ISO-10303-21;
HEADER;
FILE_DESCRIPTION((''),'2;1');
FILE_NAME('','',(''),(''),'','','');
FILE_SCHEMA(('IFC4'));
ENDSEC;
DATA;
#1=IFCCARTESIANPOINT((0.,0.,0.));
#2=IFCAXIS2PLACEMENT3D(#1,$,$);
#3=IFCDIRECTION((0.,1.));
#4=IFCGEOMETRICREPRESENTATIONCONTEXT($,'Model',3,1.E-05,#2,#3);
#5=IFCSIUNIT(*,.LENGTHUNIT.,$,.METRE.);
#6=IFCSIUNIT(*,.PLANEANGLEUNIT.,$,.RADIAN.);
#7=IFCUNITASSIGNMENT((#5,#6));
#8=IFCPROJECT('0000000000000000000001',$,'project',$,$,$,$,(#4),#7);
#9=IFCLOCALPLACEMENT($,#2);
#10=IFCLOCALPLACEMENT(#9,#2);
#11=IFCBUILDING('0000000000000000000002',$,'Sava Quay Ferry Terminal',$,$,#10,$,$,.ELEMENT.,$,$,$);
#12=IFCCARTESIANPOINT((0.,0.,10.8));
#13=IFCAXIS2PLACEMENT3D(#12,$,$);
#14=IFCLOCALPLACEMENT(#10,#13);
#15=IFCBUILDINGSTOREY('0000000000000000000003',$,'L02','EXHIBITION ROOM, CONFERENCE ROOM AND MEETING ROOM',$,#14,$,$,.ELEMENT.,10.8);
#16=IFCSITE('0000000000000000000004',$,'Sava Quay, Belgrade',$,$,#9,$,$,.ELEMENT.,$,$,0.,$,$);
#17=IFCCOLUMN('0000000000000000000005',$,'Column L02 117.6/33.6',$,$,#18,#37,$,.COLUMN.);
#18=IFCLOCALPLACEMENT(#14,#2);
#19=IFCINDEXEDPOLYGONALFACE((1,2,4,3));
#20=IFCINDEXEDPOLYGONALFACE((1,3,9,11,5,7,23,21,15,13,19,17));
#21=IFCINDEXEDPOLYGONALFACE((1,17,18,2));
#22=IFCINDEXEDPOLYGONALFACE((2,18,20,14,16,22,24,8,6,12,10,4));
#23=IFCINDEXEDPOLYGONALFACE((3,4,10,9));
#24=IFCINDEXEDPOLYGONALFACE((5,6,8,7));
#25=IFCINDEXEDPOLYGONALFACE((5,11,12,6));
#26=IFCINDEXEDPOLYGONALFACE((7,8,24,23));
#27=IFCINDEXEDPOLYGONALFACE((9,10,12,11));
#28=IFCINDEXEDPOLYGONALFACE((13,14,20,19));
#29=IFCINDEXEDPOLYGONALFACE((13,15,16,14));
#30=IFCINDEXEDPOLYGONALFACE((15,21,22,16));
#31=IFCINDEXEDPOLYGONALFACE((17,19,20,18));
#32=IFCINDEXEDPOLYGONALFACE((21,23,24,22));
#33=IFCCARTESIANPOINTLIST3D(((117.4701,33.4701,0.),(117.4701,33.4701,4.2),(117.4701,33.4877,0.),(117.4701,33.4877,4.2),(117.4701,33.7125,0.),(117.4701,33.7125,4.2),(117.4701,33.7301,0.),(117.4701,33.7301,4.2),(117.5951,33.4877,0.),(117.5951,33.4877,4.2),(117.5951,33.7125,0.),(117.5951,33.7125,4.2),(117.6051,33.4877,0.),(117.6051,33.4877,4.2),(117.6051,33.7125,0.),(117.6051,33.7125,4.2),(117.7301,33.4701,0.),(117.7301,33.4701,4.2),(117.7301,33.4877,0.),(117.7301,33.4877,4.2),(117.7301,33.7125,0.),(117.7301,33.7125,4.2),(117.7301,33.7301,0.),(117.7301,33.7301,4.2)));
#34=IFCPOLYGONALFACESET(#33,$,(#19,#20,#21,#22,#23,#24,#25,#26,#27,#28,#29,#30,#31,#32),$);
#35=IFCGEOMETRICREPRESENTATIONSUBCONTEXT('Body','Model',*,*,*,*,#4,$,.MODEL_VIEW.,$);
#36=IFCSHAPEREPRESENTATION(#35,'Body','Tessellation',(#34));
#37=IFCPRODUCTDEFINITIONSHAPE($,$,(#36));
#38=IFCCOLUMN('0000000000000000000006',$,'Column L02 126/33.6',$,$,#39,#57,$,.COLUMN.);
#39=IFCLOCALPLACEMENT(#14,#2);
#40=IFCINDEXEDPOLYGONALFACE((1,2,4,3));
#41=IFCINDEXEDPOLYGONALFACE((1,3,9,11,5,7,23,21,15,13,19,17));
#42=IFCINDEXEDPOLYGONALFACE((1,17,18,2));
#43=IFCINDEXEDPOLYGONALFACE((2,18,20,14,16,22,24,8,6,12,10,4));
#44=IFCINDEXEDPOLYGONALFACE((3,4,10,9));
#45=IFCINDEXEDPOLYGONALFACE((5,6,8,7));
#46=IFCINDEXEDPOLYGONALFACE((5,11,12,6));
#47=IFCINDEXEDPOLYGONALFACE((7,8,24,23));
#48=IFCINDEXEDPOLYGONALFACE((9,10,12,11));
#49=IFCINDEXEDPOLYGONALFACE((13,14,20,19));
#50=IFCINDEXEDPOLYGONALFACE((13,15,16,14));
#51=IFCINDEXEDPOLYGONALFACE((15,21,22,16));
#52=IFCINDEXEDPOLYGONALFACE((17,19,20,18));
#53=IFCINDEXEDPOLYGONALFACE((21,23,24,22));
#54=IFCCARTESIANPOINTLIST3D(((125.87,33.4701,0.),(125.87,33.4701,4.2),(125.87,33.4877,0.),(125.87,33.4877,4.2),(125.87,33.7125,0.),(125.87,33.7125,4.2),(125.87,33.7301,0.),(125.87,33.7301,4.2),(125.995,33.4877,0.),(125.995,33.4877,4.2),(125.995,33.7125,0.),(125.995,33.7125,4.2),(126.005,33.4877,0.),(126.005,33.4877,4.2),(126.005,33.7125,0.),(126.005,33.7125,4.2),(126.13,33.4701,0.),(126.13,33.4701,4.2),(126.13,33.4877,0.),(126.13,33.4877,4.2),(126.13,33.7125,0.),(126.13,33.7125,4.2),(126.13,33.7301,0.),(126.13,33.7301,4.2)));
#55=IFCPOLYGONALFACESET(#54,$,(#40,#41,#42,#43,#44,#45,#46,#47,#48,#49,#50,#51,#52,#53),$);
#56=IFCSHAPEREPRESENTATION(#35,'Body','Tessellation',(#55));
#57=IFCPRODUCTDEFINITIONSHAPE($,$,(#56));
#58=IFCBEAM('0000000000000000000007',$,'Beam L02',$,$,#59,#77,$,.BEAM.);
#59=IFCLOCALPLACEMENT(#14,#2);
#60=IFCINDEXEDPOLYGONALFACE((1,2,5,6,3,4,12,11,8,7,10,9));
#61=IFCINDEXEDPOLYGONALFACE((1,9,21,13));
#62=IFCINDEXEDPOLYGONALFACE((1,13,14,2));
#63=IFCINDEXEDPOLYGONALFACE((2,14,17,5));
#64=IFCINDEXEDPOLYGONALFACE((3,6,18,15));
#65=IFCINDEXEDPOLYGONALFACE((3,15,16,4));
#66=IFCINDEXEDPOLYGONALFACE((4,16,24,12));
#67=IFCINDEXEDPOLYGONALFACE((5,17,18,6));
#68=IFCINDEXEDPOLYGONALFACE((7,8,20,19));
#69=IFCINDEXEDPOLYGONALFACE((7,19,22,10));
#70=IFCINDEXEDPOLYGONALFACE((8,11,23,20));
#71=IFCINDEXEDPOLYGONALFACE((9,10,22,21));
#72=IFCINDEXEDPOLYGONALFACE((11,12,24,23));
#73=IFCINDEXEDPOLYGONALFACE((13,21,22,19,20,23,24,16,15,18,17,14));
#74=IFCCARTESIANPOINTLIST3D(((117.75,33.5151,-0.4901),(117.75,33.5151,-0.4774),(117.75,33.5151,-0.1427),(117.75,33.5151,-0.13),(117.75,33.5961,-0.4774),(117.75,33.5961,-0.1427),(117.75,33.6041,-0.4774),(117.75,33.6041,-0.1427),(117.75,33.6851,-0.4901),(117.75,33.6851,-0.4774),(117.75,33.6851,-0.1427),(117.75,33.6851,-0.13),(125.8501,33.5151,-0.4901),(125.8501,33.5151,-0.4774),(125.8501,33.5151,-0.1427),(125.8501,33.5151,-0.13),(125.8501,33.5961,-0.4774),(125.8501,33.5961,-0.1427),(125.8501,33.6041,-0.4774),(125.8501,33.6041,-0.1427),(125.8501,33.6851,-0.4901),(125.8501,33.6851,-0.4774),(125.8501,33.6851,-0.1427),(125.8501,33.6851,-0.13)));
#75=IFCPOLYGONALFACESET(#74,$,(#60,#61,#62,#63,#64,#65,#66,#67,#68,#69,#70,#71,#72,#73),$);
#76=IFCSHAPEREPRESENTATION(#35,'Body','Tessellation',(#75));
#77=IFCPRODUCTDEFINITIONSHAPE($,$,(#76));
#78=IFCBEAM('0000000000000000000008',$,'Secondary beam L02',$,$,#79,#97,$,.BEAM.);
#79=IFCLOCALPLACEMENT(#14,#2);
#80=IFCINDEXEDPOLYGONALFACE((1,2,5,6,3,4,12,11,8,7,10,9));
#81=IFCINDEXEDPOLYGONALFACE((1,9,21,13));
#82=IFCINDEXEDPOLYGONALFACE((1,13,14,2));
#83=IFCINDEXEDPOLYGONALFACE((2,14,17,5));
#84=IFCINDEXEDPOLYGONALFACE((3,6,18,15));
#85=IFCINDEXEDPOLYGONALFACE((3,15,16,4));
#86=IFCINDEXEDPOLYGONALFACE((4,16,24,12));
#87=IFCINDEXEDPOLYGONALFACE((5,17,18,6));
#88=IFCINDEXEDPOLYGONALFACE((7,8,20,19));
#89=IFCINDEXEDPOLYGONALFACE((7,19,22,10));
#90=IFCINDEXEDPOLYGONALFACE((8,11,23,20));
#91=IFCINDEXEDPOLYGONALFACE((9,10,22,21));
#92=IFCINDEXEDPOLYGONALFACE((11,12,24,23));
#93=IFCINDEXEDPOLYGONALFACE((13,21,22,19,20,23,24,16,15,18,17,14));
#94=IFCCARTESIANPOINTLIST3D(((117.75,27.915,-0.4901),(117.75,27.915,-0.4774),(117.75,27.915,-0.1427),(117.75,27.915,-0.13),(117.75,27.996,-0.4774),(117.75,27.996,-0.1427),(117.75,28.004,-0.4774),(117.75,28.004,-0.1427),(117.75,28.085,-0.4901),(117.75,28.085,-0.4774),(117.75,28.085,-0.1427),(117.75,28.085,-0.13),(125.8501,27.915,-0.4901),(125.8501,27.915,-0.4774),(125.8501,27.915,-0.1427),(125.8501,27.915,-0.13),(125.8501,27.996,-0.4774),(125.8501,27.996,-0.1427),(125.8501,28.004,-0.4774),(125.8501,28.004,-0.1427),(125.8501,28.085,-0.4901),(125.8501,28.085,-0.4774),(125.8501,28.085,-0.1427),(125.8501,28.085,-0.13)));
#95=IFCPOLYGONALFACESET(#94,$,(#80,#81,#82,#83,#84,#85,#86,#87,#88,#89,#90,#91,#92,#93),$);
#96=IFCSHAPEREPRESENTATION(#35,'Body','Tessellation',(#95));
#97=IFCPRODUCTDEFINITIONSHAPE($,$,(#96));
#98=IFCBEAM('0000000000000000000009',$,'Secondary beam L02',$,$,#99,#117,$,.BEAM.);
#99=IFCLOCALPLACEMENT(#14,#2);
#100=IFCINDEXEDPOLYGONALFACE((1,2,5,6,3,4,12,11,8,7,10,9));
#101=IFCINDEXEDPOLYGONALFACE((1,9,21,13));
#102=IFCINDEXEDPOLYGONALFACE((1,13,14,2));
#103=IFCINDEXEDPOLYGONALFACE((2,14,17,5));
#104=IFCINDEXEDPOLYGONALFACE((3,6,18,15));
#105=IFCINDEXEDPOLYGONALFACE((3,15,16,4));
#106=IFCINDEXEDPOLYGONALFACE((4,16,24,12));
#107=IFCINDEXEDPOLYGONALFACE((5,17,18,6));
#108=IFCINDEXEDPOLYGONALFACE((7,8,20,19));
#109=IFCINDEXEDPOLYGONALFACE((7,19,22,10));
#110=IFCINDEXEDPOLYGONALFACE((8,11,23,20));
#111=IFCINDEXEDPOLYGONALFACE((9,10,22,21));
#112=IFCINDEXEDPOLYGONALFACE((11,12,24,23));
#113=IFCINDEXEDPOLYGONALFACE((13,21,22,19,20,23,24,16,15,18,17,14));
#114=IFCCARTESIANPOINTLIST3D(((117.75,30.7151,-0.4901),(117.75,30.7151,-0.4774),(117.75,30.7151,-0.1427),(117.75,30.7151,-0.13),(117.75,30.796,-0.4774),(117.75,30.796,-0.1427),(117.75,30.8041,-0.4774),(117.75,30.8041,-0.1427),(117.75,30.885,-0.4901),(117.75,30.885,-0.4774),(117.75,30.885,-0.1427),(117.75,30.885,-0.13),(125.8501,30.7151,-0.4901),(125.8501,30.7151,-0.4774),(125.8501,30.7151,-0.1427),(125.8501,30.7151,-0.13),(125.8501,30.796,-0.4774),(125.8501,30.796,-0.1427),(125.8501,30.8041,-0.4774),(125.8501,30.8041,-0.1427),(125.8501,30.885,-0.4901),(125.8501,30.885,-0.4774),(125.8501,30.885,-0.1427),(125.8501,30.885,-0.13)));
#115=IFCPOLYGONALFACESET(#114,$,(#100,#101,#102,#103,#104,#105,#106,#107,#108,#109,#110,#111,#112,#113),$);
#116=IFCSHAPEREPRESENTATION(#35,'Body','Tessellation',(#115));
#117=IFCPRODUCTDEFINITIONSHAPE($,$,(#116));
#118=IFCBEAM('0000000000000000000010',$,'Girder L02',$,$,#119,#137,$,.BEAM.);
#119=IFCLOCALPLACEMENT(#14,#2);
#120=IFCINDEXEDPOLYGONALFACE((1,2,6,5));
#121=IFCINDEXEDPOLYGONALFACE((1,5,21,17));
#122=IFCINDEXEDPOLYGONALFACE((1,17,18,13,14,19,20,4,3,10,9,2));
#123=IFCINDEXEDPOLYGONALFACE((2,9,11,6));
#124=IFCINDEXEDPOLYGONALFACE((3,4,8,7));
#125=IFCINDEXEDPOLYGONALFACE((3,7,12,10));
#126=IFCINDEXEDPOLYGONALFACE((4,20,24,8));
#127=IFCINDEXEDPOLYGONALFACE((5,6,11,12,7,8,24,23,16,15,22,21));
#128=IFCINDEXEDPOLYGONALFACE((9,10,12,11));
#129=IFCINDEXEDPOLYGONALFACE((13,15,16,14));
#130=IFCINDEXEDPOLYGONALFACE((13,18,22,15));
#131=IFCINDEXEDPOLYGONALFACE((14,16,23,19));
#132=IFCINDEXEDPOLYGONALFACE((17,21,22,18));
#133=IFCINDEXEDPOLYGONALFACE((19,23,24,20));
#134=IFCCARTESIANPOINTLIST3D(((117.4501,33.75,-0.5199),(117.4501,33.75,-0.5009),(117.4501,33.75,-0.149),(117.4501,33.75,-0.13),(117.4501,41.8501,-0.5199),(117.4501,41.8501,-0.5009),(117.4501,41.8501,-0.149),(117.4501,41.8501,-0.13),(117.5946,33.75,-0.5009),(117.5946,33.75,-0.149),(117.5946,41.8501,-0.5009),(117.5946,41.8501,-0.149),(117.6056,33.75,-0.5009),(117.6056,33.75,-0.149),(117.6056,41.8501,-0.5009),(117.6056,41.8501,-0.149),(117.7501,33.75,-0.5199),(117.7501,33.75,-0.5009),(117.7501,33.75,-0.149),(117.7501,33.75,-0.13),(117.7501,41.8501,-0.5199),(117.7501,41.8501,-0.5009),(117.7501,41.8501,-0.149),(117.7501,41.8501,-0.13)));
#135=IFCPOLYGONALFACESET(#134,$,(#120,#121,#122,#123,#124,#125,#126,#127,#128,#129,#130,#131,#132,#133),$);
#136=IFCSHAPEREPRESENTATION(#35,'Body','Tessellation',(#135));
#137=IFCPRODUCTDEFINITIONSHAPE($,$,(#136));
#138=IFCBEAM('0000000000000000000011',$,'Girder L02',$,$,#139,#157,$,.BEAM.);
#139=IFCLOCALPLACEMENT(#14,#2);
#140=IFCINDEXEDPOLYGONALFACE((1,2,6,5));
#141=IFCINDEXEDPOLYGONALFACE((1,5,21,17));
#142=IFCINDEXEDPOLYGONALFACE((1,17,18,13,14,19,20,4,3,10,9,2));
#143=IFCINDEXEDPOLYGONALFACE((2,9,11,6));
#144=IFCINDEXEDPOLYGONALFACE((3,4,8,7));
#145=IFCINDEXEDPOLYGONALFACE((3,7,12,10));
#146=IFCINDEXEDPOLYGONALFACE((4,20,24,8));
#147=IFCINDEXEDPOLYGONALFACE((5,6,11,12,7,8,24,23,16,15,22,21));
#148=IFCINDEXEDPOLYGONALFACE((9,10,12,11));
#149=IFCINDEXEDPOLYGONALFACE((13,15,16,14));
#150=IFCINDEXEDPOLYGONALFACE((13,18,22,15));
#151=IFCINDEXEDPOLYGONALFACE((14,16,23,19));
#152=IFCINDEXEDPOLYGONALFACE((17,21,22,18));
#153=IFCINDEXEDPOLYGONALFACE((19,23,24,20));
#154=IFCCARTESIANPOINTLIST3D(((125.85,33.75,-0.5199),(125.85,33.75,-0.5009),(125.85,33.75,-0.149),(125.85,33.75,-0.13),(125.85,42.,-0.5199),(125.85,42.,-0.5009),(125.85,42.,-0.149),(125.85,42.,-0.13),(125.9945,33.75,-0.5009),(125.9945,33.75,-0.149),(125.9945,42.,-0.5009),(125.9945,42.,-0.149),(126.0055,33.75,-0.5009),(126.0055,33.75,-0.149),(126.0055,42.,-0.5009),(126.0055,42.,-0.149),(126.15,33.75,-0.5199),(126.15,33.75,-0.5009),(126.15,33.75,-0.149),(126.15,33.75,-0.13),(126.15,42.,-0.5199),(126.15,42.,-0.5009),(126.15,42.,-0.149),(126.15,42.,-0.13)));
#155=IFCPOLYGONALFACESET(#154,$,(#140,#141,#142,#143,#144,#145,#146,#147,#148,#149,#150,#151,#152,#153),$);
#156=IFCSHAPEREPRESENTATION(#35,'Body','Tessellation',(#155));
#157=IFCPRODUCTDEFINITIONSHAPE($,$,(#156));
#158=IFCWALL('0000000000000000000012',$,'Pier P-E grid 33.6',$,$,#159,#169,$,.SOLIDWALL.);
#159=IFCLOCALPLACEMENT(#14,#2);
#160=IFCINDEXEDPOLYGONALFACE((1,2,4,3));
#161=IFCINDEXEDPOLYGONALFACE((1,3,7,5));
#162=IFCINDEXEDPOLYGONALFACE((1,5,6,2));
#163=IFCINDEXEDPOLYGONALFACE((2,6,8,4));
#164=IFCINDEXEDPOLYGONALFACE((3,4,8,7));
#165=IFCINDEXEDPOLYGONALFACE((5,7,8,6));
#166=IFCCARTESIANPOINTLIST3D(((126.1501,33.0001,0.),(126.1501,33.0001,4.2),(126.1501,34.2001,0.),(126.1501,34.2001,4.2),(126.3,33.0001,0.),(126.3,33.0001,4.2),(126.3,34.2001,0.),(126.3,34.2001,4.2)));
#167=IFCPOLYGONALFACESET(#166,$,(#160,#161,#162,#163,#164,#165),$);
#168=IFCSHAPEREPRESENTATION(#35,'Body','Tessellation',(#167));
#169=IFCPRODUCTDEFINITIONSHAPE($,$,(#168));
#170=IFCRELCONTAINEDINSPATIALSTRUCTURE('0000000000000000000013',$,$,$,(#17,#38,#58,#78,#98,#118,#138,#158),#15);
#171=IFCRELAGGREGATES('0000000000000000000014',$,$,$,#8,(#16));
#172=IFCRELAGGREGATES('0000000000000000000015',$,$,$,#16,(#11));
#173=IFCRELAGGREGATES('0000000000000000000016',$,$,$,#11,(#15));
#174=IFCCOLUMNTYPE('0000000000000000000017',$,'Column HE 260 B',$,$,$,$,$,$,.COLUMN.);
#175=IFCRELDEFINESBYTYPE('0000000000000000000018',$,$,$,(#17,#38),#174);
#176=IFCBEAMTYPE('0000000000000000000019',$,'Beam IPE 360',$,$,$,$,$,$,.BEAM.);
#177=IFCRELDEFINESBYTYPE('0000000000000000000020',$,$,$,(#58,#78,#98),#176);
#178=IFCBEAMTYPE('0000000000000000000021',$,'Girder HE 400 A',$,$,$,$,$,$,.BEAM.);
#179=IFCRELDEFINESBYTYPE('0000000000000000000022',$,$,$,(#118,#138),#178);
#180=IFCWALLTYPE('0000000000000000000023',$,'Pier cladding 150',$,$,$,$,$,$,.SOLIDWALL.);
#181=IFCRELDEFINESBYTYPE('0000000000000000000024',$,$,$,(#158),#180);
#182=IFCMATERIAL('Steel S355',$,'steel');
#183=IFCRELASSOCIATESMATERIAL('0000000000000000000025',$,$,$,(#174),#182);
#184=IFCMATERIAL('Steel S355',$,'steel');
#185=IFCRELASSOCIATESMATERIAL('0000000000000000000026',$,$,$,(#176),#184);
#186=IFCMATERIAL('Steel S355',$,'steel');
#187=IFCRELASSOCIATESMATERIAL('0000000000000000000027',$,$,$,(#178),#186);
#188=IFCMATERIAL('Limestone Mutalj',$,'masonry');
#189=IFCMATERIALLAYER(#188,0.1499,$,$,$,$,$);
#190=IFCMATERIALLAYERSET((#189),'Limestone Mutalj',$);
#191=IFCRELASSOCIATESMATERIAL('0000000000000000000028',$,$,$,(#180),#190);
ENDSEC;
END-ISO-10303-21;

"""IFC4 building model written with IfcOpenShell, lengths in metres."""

from ifc_helpers import new_model, si_unit, direction, frame, frame_2d, origin, origin_2d, place, context, subcontext, project, spatial, rectangle, i_section, extrude, material, layer, layer_set, material_profile, profile_set, type_object, element, save


model = new_model("IFC4")

# Units and contexts
model_context = context("Model", 3, precision=1e-05, world=origin(), true_north=direction((0.0, 1.0)))
body_context = subcontext(model_context, "Body", "Model", "MODEL_VIEW")
ifc_project = project(units=[si_unit("LENGTHUNIT", "METRE"), si_unit("PLANEANGLEUNIT", "RADIAN")], contexts=[model_context])

# Site, building, storey
site_placement = place(None, origin())
site = spatial("IfcSite", under=ifc_project, at=site_placement, Name="Sava Quay, Belgrade", CompositionType="ELEMENT", RefElevation=0.0)
building_placement = place(site_placement, origin())
building = spatial("IfcBuilding", under=site, at=building_placement, Name="Sava Quay Ferry Terminal", CompositionType="ELEMENT")
storey_placement = place(building_placement, frame((0.0, 0.0, 10.8)))
storey = spatial("IfcBuildingStorey", under=building, at=storey_placement, Name="L02", Description="EXHIBITION ROOM, CONFERENCE ROOM AND MEETING ROOM", CompositionType="ELEMENT", Elevation=10.8)

# Columns
ifc_material_1 = material(Name="Steel S355", Category="steel")
ifc_material_profile_1 = material_profile(ifc_material_1, i_section(OverallWidth=0.26, OverallDepth=0.26, WebThickness=0.01, FlangeThickness=0.0176, at=origin_2d()), Name="HE 260 B")
ifc_profile_set_1 = profile_set([ifc_material_profile_1], Name="Steel S355")
column_type = type_object("IfcColumnType", Name="Column HE 260 B", PredefinedType="COLUMN", material=ifc_profile_set_1)
for number, where, z_axis, x_axis, name in (
    (1, (117.6001, 33.6001, 0.0), (0.0, 0.0, 1.0), (1.0, 0.0, 0.0), "Column L02 117.6/33.6"),
    (2, (126.0, 33.6001, 0.0), (0.0, 0.0, 1.0), (1.0, 0.0, 0.0), "Column L02 126/33.6"),
):
    element("IfcColumn", number, at=place(storey_placement, frame(where, z_axis=z_axis, x_axis=x_axis)), inside=storey, type_object=column_type, Name=name, PredefinedType="COLUMN", context=body_context, shape_type="SweptSolid", body=[
        extrude(i_section(OverallWidth=0.26, OverallDepth=0.26, WebThickness=0.01, FlangeThickness=0.0176, at=origin_2d()), origin(), (0.0, 0.0, 1.0), 4.2),
    ])

# Beams
ifc_material_2 = material(Name="Steel S355", Category="steel")
ifc_material_profile_2 = material_profile(ifc_material_2, i_section(OverallWidth=0.1699, OverallDepth=0.3601, WebThickness=0.0081, FlangeThickness=0.0127, at=origin_2d()), Name="IPE 360")
ifc_profile_set_2 = profile_set([ifc_material_profile_2], Name="Steel S355")
beam_type_1 = type_object("IfcBeamType", Name="Beam IPE 360", PredefinedType="BEAM", material=ifc_profile_set_2)
for number, where, z_axis, x_axis, name in (
    (3, (117.75, 33.6001, -0.3101), (1.0, 0.0, 0.0), (0.0, 1.0, 0.0), "Beam L02"),
    (4, (117.75, 28.0, -0.3101), (1.0, 0.0, 0.0), (0.0, 1.0, 0.0), "Secondary beam L02"),
    (5, (117.75, 30.8, -0.3101), (1.0, 0.0, 0.0), (0.0, 1.0, 0.0), "Secondary beam L02"),
):
    element("IfcBeam", number, at=place(storey_placement, frame(where, z_axis=z_axis, x_axis=x_axis)), inside=storey, type_object=beam_type_1, Name=name, PredefinedType="BEAM", context=body_context, shape_type="SweptSolid", body=[
        extrude(i_section(OverallWidth=0.1699, OverallDepth=0.3601, WebThickness=0.0081, FlangeThickness=0.0127, at=origin_2d()), origin(), (0.0, 0.0, 1.0), 8.1001),
    ])
ifc_material_3 = material(Name="Steel S355", Category="steel")
ifc_material_profile_3 = material_profile(ifc_material_3, i_section(OverallWidth=0.3, OverallDepth=0.3899, WebThickness=0.011, FlangeThickness=0.019, at=origin_2d()), Name="HE 400 A")
ifc_profile_set_3 = profile_set([ifc_material_profile_3], Name="Steel S355")
beam_type_2 = type_object("IfcBeamType", Name="Girder HE 400 A", PredefinedType="BEAM", material=ifc_profile_set_3)
beam_1_placement = place(storey_placement, frame((117.6001, 33.75, -0.325), z_axis=(0.0, 1.0, 0.0), x_axis=(-1.0, 0.0, 0.0)))
element("IfcBeam", 6, at=beam_1_placement, inside=storey, type_object=beam_type_2, Name="Girder L02", PredefinedType="BEAM", context=body_context, shape_type="SweptSolid", body=[
    extrude(i_section(OverallWidth=0.3, OverallDepth=0.3899, WebThickness=0.011, FlangeThickness=0.019, at=origin_2d()), origin(), (0.0, 0.0, 1.0), 8.1001),
])
beam_2_placement = place(storey_placement, frame((126.0, 33.75, -0.325), z_axis=(0.0, 1.0, 0.0), x_axis=(-1.0, 0.0, 0.0)))
element("IfcBeam", 7, at=beam_2_placement, inside=storey, type_object=beam_type_2, Name="Girder L02", PredefinedType="BEAM", context=body_context, shape_type="SweptSolid", body=[
    extrude(i_section(OverallWidth=0.3, OverallDepth=0.3899, WebThickness=0.011, FlangeThickness=0.019, at=origin_2d()), origin(), (0.0, 0.0, 1.0), 8.25),
])

# Wall
ifc_material_4 = material(Name="Limestone Mutalj", Category="masonry")
ifc_layer_1 = layer(ifc_material_4, 0.1499)
ifc_layer_set_1 = layer_set([ifc_layer_1], Name="Limestone Mutalj")
wall_type_1 = type_object("IfcWallType", Name="Pier cladding 150", PredefinedType="SOLIDWALL", material=ifc_layer_set_1)
wall_1_placement = place(storey_placement, frame((126.2251, 33.0, 0.0), z_axis=(0.0, 0.0, 1.0), x_axis=(0.0, 1.0, 0.0)))
element("IfcWall", 8, at=wall_1_placement, inside=storey, type_object=wall_type_1, Name="Pier P-E grid 33.6", PredefinedType="SOLIDWALL", context=body_context, shape_type="SweptSolid", body=[
    extrude(rectangle(XDim=1.2, YDim=0.1499, at=frame_2d((0.6001, 0.0))), origin(), (0.0, 0.0, 1.0), 4.2),
])

save(model, "model.ifc")
